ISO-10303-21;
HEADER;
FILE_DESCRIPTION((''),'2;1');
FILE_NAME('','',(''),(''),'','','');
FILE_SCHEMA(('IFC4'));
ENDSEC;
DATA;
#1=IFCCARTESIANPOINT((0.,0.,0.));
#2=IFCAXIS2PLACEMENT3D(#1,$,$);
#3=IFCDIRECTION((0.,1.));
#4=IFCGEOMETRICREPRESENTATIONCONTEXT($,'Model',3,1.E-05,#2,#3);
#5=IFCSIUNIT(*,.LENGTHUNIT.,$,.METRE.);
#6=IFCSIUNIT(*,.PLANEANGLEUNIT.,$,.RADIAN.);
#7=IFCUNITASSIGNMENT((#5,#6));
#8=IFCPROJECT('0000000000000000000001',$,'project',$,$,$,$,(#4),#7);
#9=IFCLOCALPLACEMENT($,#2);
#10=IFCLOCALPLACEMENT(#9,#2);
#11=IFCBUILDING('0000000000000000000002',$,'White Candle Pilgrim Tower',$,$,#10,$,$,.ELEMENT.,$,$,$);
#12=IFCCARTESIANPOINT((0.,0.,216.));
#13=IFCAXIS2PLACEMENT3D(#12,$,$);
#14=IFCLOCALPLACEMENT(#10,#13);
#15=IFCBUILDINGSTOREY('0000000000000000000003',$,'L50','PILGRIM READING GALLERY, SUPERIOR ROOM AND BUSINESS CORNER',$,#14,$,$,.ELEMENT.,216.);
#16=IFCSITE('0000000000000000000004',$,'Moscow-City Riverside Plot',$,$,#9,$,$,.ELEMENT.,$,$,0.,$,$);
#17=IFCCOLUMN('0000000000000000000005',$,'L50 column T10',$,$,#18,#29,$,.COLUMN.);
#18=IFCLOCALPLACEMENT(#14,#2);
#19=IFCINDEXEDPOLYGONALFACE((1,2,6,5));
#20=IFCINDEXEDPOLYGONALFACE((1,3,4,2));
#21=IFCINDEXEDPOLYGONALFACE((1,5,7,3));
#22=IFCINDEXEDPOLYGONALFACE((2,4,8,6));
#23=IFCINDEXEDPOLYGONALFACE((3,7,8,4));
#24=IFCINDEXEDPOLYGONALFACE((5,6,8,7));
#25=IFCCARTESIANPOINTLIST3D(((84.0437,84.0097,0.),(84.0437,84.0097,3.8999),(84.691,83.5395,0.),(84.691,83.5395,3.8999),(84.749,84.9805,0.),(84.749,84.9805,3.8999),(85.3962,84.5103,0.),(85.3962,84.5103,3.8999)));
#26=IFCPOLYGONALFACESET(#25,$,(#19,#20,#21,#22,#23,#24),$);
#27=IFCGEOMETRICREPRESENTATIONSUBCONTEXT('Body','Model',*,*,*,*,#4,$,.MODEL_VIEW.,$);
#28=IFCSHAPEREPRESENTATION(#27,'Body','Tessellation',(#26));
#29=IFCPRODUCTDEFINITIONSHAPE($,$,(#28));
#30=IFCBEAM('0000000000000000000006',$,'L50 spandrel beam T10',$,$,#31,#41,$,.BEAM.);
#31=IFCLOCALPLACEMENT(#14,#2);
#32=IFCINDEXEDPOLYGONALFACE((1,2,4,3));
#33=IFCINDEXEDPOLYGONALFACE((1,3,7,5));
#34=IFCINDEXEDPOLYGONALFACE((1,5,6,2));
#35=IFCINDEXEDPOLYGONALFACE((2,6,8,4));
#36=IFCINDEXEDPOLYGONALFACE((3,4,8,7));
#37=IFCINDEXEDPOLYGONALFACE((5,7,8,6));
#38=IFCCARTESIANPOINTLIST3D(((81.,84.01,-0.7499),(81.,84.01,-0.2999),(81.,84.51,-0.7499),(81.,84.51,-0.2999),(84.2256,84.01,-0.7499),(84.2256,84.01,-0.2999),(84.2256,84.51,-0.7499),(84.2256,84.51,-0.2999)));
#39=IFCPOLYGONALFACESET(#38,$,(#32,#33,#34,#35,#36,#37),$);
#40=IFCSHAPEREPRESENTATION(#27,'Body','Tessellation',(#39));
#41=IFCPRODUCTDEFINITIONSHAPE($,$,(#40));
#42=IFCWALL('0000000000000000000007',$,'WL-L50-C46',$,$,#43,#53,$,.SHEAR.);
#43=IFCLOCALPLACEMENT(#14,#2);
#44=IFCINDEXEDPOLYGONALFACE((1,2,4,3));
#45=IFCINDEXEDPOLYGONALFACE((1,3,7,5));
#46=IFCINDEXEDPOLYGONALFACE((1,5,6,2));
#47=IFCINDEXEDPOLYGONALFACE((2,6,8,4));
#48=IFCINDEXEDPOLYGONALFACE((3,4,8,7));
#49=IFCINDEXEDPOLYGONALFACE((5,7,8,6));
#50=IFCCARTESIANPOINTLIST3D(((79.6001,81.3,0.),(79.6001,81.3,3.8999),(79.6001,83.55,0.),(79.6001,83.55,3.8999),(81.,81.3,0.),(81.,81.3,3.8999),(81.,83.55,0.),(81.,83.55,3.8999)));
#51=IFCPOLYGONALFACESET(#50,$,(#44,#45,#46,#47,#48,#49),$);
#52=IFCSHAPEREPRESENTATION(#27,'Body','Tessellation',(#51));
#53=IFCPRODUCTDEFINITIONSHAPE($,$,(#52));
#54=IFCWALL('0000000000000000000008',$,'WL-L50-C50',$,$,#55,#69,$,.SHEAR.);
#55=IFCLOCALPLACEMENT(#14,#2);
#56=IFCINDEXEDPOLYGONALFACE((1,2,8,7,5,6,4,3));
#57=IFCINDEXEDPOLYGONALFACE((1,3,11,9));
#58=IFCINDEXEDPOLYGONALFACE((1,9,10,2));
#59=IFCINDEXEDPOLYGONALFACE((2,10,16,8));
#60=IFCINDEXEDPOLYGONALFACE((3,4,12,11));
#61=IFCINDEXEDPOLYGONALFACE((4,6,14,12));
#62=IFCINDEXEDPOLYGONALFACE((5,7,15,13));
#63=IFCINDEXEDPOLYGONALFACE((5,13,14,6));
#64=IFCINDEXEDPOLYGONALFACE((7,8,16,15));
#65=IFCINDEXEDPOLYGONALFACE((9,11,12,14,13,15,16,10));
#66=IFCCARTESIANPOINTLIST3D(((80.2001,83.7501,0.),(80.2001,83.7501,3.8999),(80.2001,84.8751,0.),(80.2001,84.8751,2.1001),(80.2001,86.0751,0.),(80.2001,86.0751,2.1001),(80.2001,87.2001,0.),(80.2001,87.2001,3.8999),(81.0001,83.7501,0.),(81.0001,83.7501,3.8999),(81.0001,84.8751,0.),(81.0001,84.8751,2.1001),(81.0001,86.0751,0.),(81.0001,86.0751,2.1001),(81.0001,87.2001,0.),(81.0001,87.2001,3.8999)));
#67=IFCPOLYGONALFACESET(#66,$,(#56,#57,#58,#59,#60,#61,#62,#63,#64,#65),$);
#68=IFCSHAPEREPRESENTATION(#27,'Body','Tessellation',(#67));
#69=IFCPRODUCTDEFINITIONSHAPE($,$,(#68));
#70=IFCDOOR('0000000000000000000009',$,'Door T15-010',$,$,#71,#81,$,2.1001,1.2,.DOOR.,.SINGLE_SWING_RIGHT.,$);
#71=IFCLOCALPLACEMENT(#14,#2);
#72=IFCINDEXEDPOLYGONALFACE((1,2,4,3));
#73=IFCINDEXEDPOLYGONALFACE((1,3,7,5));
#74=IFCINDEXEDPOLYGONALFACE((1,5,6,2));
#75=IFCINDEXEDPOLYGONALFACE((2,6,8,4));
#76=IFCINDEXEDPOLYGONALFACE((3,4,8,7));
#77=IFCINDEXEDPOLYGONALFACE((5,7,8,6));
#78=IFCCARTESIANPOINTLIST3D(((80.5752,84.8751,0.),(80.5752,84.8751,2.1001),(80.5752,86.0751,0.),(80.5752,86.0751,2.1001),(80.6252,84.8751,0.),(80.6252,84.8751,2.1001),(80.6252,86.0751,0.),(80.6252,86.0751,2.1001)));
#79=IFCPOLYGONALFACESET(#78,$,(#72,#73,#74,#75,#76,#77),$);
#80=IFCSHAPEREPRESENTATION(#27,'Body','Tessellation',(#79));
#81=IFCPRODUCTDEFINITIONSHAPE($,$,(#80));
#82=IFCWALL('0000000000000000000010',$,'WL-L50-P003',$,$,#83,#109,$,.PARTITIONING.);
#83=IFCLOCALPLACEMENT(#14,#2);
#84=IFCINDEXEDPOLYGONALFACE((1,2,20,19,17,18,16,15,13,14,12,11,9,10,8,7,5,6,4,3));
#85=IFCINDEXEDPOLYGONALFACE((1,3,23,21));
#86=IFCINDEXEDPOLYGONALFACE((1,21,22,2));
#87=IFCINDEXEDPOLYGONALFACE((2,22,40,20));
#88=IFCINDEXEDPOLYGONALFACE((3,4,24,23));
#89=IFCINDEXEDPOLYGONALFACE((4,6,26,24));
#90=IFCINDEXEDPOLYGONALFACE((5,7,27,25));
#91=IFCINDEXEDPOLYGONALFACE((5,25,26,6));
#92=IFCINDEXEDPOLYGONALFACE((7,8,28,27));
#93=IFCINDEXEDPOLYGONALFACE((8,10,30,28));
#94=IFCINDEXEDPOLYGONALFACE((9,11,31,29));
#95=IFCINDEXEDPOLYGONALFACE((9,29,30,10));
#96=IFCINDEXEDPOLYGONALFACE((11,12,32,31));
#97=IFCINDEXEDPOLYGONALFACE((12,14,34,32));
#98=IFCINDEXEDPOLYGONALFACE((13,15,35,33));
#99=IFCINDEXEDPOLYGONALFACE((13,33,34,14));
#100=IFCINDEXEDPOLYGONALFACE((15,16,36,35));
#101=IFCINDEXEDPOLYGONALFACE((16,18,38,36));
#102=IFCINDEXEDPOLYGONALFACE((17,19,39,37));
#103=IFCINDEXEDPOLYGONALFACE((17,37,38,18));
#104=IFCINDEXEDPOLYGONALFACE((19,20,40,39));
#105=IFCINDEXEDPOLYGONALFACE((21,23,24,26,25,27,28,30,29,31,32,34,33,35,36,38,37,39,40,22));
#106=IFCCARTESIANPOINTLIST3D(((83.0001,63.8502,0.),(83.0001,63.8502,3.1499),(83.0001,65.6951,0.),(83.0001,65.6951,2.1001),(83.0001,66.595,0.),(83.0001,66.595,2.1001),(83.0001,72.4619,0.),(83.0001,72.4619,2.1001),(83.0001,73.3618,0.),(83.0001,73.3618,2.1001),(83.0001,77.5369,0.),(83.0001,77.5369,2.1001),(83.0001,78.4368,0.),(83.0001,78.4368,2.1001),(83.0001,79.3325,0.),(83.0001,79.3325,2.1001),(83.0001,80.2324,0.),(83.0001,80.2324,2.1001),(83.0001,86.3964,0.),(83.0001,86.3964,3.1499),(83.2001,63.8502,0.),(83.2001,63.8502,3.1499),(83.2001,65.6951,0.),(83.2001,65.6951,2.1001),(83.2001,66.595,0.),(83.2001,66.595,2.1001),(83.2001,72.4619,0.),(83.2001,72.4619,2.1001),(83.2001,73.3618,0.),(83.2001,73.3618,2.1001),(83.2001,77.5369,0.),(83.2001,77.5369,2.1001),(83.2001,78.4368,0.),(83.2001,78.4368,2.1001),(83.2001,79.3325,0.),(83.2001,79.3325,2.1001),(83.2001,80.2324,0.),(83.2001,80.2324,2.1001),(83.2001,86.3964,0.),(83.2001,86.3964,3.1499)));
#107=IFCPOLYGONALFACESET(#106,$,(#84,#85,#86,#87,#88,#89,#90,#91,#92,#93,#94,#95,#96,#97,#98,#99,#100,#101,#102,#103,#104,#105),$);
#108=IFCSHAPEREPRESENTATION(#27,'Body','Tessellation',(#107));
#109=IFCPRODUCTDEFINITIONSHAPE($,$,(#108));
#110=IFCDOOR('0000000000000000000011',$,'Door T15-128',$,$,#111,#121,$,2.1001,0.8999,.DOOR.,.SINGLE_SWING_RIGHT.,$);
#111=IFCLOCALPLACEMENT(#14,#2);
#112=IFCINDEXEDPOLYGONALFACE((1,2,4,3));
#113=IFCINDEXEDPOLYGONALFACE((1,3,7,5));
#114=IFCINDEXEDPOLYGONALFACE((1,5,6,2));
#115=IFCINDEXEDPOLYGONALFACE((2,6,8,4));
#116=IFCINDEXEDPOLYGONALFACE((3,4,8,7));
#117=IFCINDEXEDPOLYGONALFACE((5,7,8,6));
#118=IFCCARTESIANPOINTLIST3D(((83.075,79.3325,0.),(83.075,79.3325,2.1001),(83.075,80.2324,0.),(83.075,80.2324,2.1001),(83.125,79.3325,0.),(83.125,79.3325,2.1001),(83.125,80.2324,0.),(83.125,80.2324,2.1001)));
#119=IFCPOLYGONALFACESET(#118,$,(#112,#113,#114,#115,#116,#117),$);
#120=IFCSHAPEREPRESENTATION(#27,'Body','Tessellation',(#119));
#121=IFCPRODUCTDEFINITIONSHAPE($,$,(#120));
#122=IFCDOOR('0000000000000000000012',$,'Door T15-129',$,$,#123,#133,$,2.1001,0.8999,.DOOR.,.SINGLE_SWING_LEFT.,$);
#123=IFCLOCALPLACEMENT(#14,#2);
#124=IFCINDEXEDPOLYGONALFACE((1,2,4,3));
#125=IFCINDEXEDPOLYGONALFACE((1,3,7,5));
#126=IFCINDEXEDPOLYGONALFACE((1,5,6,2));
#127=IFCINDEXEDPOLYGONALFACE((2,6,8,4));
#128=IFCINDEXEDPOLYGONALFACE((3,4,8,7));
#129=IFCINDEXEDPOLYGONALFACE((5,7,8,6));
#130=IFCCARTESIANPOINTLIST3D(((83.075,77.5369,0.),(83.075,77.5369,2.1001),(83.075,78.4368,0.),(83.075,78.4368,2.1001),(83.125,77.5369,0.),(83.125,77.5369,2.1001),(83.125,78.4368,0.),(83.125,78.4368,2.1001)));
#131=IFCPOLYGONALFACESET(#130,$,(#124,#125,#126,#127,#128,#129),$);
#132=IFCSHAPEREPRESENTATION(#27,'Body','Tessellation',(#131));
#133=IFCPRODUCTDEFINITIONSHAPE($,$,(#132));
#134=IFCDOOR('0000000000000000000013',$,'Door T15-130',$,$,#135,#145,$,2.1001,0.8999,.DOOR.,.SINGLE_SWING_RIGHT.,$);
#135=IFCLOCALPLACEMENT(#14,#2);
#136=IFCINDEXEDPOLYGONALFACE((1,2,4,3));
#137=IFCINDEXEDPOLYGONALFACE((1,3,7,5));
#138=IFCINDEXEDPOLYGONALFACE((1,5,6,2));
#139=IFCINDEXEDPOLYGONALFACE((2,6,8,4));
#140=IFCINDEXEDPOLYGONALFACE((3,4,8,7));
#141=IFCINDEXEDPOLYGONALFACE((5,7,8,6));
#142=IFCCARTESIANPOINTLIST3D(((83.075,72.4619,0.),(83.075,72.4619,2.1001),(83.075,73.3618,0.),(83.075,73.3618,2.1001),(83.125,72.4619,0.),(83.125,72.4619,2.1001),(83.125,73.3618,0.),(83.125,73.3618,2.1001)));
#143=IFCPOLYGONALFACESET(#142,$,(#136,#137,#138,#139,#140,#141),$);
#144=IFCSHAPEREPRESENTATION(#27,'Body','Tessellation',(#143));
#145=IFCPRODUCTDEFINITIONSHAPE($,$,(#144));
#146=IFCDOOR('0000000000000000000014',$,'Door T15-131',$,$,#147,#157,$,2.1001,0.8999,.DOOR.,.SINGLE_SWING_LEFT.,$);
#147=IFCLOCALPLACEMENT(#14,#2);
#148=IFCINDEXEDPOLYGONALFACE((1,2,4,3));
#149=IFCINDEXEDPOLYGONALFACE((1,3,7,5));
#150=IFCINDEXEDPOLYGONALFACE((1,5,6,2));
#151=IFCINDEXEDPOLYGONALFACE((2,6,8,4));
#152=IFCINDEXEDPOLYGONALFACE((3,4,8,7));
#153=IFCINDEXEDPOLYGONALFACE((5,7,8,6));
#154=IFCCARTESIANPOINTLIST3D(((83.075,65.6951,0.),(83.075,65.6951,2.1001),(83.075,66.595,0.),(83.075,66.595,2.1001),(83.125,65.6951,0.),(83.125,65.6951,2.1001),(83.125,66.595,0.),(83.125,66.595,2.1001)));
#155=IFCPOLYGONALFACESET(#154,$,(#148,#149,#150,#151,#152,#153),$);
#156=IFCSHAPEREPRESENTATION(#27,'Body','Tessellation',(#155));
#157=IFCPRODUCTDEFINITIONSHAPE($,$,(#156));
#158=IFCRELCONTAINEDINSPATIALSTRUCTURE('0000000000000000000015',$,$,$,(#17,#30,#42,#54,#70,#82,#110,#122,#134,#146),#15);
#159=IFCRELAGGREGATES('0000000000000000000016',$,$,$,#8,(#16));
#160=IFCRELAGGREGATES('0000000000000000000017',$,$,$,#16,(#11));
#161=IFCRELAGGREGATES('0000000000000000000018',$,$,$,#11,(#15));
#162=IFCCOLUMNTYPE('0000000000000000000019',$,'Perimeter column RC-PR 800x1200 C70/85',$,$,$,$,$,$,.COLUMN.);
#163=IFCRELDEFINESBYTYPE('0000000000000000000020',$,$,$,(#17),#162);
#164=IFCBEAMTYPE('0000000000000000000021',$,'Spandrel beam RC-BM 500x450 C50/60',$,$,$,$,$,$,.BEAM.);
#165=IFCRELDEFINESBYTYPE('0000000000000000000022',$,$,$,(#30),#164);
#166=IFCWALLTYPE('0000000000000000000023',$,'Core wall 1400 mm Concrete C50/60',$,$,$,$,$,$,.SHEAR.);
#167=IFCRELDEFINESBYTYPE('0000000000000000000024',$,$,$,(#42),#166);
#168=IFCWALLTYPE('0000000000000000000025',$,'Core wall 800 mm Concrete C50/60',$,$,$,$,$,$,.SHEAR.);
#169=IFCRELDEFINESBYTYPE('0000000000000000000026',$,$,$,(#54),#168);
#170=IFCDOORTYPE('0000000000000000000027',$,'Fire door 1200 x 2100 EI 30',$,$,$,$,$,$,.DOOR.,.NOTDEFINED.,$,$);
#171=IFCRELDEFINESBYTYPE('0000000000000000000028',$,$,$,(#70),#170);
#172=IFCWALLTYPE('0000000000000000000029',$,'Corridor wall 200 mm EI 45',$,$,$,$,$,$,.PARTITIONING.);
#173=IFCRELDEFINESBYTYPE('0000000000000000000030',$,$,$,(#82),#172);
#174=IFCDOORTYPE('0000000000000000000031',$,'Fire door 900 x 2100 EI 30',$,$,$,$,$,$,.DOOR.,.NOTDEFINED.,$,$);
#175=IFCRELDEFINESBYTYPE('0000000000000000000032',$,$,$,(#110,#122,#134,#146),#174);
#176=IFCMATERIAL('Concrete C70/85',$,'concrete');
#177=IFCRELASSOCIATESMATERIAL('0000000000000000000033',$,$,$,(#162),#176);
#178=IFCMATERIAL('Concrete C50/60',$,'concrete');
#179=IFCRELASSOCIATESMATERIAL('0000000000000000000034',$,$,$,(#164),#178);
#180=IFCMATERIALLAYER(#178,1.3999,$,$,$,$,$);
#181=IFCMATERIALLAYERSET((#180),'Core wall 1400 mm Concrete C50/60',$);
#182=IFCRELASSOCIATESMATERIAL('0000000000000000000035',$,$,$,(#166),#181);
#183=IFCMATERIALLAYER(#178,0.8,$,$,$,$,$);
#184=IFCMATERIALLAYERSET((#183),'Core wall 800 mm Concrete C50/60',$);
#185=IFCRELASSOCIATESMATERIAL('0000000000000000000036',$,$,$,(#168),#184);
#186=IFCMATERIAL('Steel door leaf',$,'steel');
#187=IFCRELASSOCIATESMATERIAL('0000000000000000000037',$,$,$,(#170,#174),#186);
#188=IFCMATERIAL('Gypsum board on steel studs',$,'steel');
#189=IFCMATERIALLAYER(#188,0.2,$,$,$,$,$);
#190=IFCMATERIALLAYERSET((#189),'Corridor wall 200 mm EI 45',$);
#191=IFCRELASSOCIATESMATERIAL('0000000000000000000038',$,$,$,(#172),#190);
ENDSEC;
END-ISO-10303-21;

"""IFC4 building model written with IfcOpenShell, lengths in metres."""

from ifc_helpers import new_model, si_unit, direction, frame, frame_2d, origin, origin_2d, place, context, subcontext, project, spatial, rectangle, extrude, material, layer, layer_set, material_profile, profile_set, type_object, element, fill, save


model = new_model("IFC4")

# Units and contexts
model_context = context("Model", 3, precision=1e-05, world=origin(), true_north=direction((0.0, 1.0)))
body_context = subcontext(model_context, "Body", "Model", "MODEL_VIEW")
ifc_project = project(units=[si_unit("LENGTHUNIT", "METRE"), si_unit("PLANEANGLEUNIT", "RADIAN")], contexts=[model_context])

# Site, building, storey
site_placement = place(None, origin())
site = spatial("IfcSite", under=ifc_project, at=site_placement, Name="Moscow-City Riverside Plot", CompositionType="ELEMENT", RefElevation=0.0)
building_placement = place(site_placement, origin())
building = spatial("IfcBuilding", under=site, at=building_placement, Name="White Candle Pilgrim Tower", CompositionType="ELEMENT")
storey_placement = place(building_placement, frame((0.0, 0.0, 216.0)))
storey = spatial("IfcBuildingStorey", under=building, at=storey_placement, Name="L50", Description="PILGRIM READING GALLERY, SUPERIOR ROOM AND BUSINESS CORNER", CompositionType="ELEMENT", Elevation=216.0)

# Column
ifc_material_1 = material(Name="Concrete C70/85", Category="concrete")
ifc_material_profile_1 = material_profile(ifc_material_1, rectangle(XDim=0.8, YDim=1.2, at=origin_2d()), Name="RC-PR 800x1200")
ifc_profile_set_1 = profile_set([ifc_material_profile_1], Name="Concrete C70/85")
column_type = type_object("IfcColumnType", Name="Perimeter column RC-PR 800x1200 C70/85", PredefinedType="COLUMN", material=ifc_profile_set_1)
column_placement = place(storey_placement, frame((84.72, 84.26, 0.0), z_axis=(0.0, 0.0, 1.0), x_axis=(0.809027, -0.587771, 0.0)))
element("IfcColumn", 1, at=column_placement, inside=storey, type_object=column_type, Name="L50 column T10", PredefinedType="COLUMN", context=body_context, shape_type="SweptSolid", body=[
    extrude(rectangle(XDim=0.8, YDim=1.2, at=origin_2d()), origin(), (0.0, 0.0, 1.0), 3.8999),
])

# Beam
ifc_material_2 = material(Name="Concrete C50/60", Category="concrete")
ifc_material_profile_2 = material_profile(ifc_material_2, rectangle(XDim=0.5, YDim=0.45, at=origin_2d()), Name="RC-BM 500x450")
ifc_profile_set_2 = profile_set([ifc_material_profile_2], Name="Concrete C50/60")
beam_type = type_object("IfcBeamType", Name="Spandrel beam RC-BM 500x450 C50/60", PredefinedType="BEAM", material=ifc_profile_set_2)
beam_placement = place(storey_placement, frame((84.2256, 84.26, -0.5249), z_axis=(-1.0, 0.0, 0.0), x_axis=(0.0, -1.0, 0.0)))
element("IfcBeam", 2, at=beam_placement, inside=storey, type_object=beam_type, Name="L50 spandrel beam T10", PredefinedType="BEAM", context=body_context, shape_type="SweptSolid", body=[
    extrude(rectangle(XDim=0.5, YDim=0.45, at=origin_2d()), origin(), (0.0, 0.0, 1.0), 3.2256),
])

# Wall
ifc_layer_1 = layer(ifc_material_2, 1.3999)
ifc_layer_set_1 = layer_set([ifc_layer_1], Name="Core wall 1400 mm Concrete C50/60")
wall_type_1 = type_object("IfcWallType", Name="Core wall 1400 mm Concrete C50/60", PredefinedType="SHEAR", material=ifc_layer_set_1)
wall_1_placement = place(storey_placement, frame((80.3, 81.3, 0.0), z_axis=(0.0, 0.0, 1.0), x_axis=(0.0, 1.0, 0.0)))
element("IfcWall", 3, at=wall_1_placement, inside=storey, type_object=wall_type_1, Name="WL-L50-C46", PredefinedType="SHEAR", context=body_context, shape_type="SweptSolid", body=[
    extrude(rectangle(XDim=2.25, YDim=1.3999, at=frame_2d((1.125, 0.0))), origin(), (0.0, 0.0, 1.0), 3.8999),
])

# Wall, opening, door
ifc_layer_2 = layer(ifc_material_2, 0.8)
ifc_layer_set_2 = layer_set([ifc_layer_2], Name="Core wall 800 mm Concrete C50/60")
wall_type_2 = type_object("IfcWallType", Name="Core wall 800 mm Concrete C50/60", PredefinedType="SHEAR", material=ifc_layer_set_2)
wall_2_placement = place(storey_placement, frame((80.6001, 83.75, 0.0), z_axis=(0.0, 0.0, 1.0), x_axis=(0.0, 1.0, 0.0)))
wall_2 = element("IfcWall", 4, at=wall_2_placement, inside=storey, type_object=wall_type_2, Name="WL-L50-C50", PredefinedType="SHEAR", context=body_context, shape_type="SweptSolid", body=[
    extrude(rectangle(XDim=3.45, YDim=0.8, at=frame_2d((1.7251, 0.0))), origin(), (0.0, 0.0, 1.0), 3.8999),
])
opening_1_placement = place(wall_2_placement, frame((1.125, 0.0, 0.0)))
opening_1 = element("IfcOpeningElement", 5, at=opening_1_placement, cuts=wall_2, PredefinedType="OPENING", context=body_context, shape_type="SweptSolid", body=[
    extrude(rectangle(XDim=1.2, YDim=2.1001, at=frame_2d((0.6001, 1.05))), frame((0.0, 0.4099, 0.0), z_axis=(0.0, -1.0, 0.0), x_axis=(1.0, 0.0, 0.0)), (0.0, 0.0, 1.0), 0.8201),
])
ifc_material_3 = material(Name="Steel door leaf", Category="steel")
door_type_1 = type_object("IfcDoorType", Name="Fire door 1200 x 2100 EI 30", OperationType="NOTDEFINED", PredefinedType="DOOR", material=ifc_material_3)
door_1_placement = place(opening_1_placement, origin())
door_1 = element("IfcDoor", 6, at=door_1_placement, inside=storey, type_object=door_type_1, Name="Door T15-010", OperationType="SINGLE_SWING_RIGHT", OverallHeight=2.1001, OverallWidth=1.2, PredefinedType="DOOR", context=body_context, shape_type="SweptSolid", body=[
    extrude(rectangle(XDim=1.2, YDim=2.1001, at=frame_2d((0.6001, 1.05))), frame((0.0, 0.0249, 0.0), z_axis=(0.0, -1.0, 0.0), x_axis=(1.0, 0.0, 0.0)), (0.0, 0.0, 1.0), 0.05),
])
fill(opening_1, door_1)

# Wall, openings, doors
ifc_material_4 = material(Name="Gypsum board on steel studs", Category="steel")
ifc_layer_3 = layer(ifc_material_4, 0.2)
ifc_layer_set_3 = layer_set([ifc_layer_3], Name="Corridor wall 200 mm EI 45")
wall_type_3 = type_object("IfcWallType", Name="Corridor wall 200 mm EI 45", PredefinedType="PARTITIONING", material=ifc_layer_set_3)
wall_3_placement = place(storey_placement, frame((83.1001, 86.3962, 0.0), z_axis=(0.0, 0.0, 1.0), x_axis=(0.0, -1.0, 0.0)))
wall_3 = element("IfcWall", 7, at=wall_3_placement, inside=storey, type_object=wall_type_3, Name="WL-L50-P003", PredefinedType="PARTITIONING", context=body_context, shape_type="SweptSolid", body=[
    extrude(rectangle(XDim=22.5461, YDim=0.2, at=frame_2d((11.2729, 0.0))), origin(), (0.0, 0.0, 1.0), 3.1499),
])
opening_2_placement = place(wall_3_placement, frame((6.1638, 0.0, 0.0)))
opening_2 = element("IfcOpeningElement", 8, at=opening_2_placement, cuts=wall_3, PredefinedType="OPENING", context=body_context, shape_type="SweptSolid", body=[
    extrude(rectangle(XDim=0.8999, YDim=2.1001, at=frame_2d((0.45, 1.05))), frame((0.0, 0.1099, 0.0), z_axis=(0.0, -1.0, 0.0), x_axis=(1.0, 0.0, 0.0)), (0.0, 0.0, 1.0), 0.22),
])
opening_3_placement = place(wall_3_placement, frame((7.9595, 0.0, 0.0)))
opening_3 = element("IfcOpeningElement", 9, at=opening_3_placement, cuts=wall_3, PredefinedType="OPENING", context=body_context, shape_type="SweptSolid", body=[
    extrude(rectangle(XDim=0.8999, YDim=2.1001, at=frame_2d((0.45, 1.05))), frame((0.0, 0.1099, 0.0), z_axis=(0.0, -1.0, 0.0), x_axis=(1.0, 0.0, 0.0)), (0.0, 0.0, 1.0), 0.22),
])
opening_4_placement = place(wall_3_placement, frame((13.0344, 0.0, 0.0)))
opening_4 = element("IfcOpeningElement", 10, at=opening_4_placement, cuts=wall_3, PredefinedType="OPENING", context=body_context, shape_type="SweptSolid", body=[
    extrude(rectangle(XDim=0.8999, YDim=2.1001, at=frame_2d((0.45, 1.05))), frame((0.0, 0.1099, 0.0), z_axis=(0.0, -1.0, 0.0), x_axis=(1.0, 0.0, 0.0)), (0.0, 0.0, 1.0), 0.22),
])
opening_5_placement = place(wall_3_placement, frame((19.8013, 0.0, 0.0)))
opening_5 = element("IfcOpeningElement", 11, at=opening_5_placement, cuts=wall_3, PredefinedType="OPENING", context=body_context, shape_type="SweptSolid", body=[
    extrude(rectangle(XDim=0.8999, YDim=2.1001, at=frame_2d((0.45, 1.05))), frame((0.0, 0.1099, 0.0), z_axis=(0.0, -1.0, 0.0), x_axis=(1.0, 0.0, 0.0)), (0.0, 0.0, 1.0), 0.22),
])
door_type_2 = type_object("IfcDoorType", Name="Fire door 900 x 2100 EI 30", OperationType="NOTDEFINED", PredefinedType="DOOR", material=ifc_material_3)
door_2_placement = place(opening_2_placement, origin())
door_2 = element("IfcDoor", 12, at=door_2_placement, inside=storey, type_object=door_type_2, Name="Door T15-128", OperationType="SINGLE_SWING_RIGHT", OverallHeight=2.1001, OverallWidth=0.8999, PredefinedType="DOOR", context=body_context, shape_type="SweptSolid", body=[
    extrude(rectangle(XDim=0.8999, YDim=2.1001, at=frame_2d((0.45, 1.05))), frame((0.0, 0.0249, 0.0), z_axis=(0.0, -1.0, 0.0), x_axis=(1.0, 0.0, 0.0)), (0.0, 0.0, 1.0), 0.05),
])
fill(opening_2, door_2)
door_3_placement = place(opening_3_placement, origin())
door_3 = element("IfcDoor", 13, at=door_3_placement, inside=storey, type_object=door_type_2, Name="Door T15-129", OperationType="SINGLE_SWING_LEFT", OverallHeight=2.1001, OverallWidth=0.8999, PredefinedType="DOOR", context=body_context, shape_type="SweptSolid", body=[
    extrude(rectangle(XDim=0.8999, YDim=2.1001, at=frame_2d((0.45, 1.05))), frame((0.0, 0.0249, 0.0), z_axis=(0.0, -1.0, 0.0), x_axis=(1.0, 0.0, 0.0)), (0.0, 0.0, 1.0), 0.05),
])
fill(opening_3, door_3)
door_4_placement = place(opening_4_placement, origin())
door_4 = element("IfcDoor", 14, at=door_4_placement, inside=storey, type_object=door_type_2, Name="Door T15-130", OperationType="SINGLE_SWING_RIGHT", OverallHeight=2.1001, OverallWidth=0.8999, PredefinedType="DOOR", context=body_context, shape_type="SweptSolid", body=[
    extrude(rectangle(XDim=0.8999, YDim=2.1001, at=frame_2d((0.45, 1.05))), frame((0.0, 0.0249, 0.0), z_axis=(0.0, -1.0, 0.0), x_axis=(1.0, 0.0, 0.0)), (0.0, 0.0, 1.0), 0.05),
])
fill(opening_4, door_4)
door_5_placement = place(opening_5_placement, origin())
door_5 = element("IfcDoor", 15, at=door_5_placement, inside=storey, type_object=door_type_2, Name="Door T15-131", OperationType="SINGLE_SWING_LEFT", OverallHeight=2.1001, OverallWidth=0.8999, PredefinedType="DOOR", context=body_context, shape_type="SweptSolid", body=[
    extrude(rectangle(XDim=0.8999, YDim=2.1001, at=frame_2d((0.45, 1.05))), frame((0.0, 0.0249, 0.0), z_axis=(0.0, -1.0, 0.0), x_axis=(1.0, 0.0, 0.0)), (0.0, 0.0, 1.0), 0.05),
])
fill(opening_5, door_5)

save(model, "model.ifc")
